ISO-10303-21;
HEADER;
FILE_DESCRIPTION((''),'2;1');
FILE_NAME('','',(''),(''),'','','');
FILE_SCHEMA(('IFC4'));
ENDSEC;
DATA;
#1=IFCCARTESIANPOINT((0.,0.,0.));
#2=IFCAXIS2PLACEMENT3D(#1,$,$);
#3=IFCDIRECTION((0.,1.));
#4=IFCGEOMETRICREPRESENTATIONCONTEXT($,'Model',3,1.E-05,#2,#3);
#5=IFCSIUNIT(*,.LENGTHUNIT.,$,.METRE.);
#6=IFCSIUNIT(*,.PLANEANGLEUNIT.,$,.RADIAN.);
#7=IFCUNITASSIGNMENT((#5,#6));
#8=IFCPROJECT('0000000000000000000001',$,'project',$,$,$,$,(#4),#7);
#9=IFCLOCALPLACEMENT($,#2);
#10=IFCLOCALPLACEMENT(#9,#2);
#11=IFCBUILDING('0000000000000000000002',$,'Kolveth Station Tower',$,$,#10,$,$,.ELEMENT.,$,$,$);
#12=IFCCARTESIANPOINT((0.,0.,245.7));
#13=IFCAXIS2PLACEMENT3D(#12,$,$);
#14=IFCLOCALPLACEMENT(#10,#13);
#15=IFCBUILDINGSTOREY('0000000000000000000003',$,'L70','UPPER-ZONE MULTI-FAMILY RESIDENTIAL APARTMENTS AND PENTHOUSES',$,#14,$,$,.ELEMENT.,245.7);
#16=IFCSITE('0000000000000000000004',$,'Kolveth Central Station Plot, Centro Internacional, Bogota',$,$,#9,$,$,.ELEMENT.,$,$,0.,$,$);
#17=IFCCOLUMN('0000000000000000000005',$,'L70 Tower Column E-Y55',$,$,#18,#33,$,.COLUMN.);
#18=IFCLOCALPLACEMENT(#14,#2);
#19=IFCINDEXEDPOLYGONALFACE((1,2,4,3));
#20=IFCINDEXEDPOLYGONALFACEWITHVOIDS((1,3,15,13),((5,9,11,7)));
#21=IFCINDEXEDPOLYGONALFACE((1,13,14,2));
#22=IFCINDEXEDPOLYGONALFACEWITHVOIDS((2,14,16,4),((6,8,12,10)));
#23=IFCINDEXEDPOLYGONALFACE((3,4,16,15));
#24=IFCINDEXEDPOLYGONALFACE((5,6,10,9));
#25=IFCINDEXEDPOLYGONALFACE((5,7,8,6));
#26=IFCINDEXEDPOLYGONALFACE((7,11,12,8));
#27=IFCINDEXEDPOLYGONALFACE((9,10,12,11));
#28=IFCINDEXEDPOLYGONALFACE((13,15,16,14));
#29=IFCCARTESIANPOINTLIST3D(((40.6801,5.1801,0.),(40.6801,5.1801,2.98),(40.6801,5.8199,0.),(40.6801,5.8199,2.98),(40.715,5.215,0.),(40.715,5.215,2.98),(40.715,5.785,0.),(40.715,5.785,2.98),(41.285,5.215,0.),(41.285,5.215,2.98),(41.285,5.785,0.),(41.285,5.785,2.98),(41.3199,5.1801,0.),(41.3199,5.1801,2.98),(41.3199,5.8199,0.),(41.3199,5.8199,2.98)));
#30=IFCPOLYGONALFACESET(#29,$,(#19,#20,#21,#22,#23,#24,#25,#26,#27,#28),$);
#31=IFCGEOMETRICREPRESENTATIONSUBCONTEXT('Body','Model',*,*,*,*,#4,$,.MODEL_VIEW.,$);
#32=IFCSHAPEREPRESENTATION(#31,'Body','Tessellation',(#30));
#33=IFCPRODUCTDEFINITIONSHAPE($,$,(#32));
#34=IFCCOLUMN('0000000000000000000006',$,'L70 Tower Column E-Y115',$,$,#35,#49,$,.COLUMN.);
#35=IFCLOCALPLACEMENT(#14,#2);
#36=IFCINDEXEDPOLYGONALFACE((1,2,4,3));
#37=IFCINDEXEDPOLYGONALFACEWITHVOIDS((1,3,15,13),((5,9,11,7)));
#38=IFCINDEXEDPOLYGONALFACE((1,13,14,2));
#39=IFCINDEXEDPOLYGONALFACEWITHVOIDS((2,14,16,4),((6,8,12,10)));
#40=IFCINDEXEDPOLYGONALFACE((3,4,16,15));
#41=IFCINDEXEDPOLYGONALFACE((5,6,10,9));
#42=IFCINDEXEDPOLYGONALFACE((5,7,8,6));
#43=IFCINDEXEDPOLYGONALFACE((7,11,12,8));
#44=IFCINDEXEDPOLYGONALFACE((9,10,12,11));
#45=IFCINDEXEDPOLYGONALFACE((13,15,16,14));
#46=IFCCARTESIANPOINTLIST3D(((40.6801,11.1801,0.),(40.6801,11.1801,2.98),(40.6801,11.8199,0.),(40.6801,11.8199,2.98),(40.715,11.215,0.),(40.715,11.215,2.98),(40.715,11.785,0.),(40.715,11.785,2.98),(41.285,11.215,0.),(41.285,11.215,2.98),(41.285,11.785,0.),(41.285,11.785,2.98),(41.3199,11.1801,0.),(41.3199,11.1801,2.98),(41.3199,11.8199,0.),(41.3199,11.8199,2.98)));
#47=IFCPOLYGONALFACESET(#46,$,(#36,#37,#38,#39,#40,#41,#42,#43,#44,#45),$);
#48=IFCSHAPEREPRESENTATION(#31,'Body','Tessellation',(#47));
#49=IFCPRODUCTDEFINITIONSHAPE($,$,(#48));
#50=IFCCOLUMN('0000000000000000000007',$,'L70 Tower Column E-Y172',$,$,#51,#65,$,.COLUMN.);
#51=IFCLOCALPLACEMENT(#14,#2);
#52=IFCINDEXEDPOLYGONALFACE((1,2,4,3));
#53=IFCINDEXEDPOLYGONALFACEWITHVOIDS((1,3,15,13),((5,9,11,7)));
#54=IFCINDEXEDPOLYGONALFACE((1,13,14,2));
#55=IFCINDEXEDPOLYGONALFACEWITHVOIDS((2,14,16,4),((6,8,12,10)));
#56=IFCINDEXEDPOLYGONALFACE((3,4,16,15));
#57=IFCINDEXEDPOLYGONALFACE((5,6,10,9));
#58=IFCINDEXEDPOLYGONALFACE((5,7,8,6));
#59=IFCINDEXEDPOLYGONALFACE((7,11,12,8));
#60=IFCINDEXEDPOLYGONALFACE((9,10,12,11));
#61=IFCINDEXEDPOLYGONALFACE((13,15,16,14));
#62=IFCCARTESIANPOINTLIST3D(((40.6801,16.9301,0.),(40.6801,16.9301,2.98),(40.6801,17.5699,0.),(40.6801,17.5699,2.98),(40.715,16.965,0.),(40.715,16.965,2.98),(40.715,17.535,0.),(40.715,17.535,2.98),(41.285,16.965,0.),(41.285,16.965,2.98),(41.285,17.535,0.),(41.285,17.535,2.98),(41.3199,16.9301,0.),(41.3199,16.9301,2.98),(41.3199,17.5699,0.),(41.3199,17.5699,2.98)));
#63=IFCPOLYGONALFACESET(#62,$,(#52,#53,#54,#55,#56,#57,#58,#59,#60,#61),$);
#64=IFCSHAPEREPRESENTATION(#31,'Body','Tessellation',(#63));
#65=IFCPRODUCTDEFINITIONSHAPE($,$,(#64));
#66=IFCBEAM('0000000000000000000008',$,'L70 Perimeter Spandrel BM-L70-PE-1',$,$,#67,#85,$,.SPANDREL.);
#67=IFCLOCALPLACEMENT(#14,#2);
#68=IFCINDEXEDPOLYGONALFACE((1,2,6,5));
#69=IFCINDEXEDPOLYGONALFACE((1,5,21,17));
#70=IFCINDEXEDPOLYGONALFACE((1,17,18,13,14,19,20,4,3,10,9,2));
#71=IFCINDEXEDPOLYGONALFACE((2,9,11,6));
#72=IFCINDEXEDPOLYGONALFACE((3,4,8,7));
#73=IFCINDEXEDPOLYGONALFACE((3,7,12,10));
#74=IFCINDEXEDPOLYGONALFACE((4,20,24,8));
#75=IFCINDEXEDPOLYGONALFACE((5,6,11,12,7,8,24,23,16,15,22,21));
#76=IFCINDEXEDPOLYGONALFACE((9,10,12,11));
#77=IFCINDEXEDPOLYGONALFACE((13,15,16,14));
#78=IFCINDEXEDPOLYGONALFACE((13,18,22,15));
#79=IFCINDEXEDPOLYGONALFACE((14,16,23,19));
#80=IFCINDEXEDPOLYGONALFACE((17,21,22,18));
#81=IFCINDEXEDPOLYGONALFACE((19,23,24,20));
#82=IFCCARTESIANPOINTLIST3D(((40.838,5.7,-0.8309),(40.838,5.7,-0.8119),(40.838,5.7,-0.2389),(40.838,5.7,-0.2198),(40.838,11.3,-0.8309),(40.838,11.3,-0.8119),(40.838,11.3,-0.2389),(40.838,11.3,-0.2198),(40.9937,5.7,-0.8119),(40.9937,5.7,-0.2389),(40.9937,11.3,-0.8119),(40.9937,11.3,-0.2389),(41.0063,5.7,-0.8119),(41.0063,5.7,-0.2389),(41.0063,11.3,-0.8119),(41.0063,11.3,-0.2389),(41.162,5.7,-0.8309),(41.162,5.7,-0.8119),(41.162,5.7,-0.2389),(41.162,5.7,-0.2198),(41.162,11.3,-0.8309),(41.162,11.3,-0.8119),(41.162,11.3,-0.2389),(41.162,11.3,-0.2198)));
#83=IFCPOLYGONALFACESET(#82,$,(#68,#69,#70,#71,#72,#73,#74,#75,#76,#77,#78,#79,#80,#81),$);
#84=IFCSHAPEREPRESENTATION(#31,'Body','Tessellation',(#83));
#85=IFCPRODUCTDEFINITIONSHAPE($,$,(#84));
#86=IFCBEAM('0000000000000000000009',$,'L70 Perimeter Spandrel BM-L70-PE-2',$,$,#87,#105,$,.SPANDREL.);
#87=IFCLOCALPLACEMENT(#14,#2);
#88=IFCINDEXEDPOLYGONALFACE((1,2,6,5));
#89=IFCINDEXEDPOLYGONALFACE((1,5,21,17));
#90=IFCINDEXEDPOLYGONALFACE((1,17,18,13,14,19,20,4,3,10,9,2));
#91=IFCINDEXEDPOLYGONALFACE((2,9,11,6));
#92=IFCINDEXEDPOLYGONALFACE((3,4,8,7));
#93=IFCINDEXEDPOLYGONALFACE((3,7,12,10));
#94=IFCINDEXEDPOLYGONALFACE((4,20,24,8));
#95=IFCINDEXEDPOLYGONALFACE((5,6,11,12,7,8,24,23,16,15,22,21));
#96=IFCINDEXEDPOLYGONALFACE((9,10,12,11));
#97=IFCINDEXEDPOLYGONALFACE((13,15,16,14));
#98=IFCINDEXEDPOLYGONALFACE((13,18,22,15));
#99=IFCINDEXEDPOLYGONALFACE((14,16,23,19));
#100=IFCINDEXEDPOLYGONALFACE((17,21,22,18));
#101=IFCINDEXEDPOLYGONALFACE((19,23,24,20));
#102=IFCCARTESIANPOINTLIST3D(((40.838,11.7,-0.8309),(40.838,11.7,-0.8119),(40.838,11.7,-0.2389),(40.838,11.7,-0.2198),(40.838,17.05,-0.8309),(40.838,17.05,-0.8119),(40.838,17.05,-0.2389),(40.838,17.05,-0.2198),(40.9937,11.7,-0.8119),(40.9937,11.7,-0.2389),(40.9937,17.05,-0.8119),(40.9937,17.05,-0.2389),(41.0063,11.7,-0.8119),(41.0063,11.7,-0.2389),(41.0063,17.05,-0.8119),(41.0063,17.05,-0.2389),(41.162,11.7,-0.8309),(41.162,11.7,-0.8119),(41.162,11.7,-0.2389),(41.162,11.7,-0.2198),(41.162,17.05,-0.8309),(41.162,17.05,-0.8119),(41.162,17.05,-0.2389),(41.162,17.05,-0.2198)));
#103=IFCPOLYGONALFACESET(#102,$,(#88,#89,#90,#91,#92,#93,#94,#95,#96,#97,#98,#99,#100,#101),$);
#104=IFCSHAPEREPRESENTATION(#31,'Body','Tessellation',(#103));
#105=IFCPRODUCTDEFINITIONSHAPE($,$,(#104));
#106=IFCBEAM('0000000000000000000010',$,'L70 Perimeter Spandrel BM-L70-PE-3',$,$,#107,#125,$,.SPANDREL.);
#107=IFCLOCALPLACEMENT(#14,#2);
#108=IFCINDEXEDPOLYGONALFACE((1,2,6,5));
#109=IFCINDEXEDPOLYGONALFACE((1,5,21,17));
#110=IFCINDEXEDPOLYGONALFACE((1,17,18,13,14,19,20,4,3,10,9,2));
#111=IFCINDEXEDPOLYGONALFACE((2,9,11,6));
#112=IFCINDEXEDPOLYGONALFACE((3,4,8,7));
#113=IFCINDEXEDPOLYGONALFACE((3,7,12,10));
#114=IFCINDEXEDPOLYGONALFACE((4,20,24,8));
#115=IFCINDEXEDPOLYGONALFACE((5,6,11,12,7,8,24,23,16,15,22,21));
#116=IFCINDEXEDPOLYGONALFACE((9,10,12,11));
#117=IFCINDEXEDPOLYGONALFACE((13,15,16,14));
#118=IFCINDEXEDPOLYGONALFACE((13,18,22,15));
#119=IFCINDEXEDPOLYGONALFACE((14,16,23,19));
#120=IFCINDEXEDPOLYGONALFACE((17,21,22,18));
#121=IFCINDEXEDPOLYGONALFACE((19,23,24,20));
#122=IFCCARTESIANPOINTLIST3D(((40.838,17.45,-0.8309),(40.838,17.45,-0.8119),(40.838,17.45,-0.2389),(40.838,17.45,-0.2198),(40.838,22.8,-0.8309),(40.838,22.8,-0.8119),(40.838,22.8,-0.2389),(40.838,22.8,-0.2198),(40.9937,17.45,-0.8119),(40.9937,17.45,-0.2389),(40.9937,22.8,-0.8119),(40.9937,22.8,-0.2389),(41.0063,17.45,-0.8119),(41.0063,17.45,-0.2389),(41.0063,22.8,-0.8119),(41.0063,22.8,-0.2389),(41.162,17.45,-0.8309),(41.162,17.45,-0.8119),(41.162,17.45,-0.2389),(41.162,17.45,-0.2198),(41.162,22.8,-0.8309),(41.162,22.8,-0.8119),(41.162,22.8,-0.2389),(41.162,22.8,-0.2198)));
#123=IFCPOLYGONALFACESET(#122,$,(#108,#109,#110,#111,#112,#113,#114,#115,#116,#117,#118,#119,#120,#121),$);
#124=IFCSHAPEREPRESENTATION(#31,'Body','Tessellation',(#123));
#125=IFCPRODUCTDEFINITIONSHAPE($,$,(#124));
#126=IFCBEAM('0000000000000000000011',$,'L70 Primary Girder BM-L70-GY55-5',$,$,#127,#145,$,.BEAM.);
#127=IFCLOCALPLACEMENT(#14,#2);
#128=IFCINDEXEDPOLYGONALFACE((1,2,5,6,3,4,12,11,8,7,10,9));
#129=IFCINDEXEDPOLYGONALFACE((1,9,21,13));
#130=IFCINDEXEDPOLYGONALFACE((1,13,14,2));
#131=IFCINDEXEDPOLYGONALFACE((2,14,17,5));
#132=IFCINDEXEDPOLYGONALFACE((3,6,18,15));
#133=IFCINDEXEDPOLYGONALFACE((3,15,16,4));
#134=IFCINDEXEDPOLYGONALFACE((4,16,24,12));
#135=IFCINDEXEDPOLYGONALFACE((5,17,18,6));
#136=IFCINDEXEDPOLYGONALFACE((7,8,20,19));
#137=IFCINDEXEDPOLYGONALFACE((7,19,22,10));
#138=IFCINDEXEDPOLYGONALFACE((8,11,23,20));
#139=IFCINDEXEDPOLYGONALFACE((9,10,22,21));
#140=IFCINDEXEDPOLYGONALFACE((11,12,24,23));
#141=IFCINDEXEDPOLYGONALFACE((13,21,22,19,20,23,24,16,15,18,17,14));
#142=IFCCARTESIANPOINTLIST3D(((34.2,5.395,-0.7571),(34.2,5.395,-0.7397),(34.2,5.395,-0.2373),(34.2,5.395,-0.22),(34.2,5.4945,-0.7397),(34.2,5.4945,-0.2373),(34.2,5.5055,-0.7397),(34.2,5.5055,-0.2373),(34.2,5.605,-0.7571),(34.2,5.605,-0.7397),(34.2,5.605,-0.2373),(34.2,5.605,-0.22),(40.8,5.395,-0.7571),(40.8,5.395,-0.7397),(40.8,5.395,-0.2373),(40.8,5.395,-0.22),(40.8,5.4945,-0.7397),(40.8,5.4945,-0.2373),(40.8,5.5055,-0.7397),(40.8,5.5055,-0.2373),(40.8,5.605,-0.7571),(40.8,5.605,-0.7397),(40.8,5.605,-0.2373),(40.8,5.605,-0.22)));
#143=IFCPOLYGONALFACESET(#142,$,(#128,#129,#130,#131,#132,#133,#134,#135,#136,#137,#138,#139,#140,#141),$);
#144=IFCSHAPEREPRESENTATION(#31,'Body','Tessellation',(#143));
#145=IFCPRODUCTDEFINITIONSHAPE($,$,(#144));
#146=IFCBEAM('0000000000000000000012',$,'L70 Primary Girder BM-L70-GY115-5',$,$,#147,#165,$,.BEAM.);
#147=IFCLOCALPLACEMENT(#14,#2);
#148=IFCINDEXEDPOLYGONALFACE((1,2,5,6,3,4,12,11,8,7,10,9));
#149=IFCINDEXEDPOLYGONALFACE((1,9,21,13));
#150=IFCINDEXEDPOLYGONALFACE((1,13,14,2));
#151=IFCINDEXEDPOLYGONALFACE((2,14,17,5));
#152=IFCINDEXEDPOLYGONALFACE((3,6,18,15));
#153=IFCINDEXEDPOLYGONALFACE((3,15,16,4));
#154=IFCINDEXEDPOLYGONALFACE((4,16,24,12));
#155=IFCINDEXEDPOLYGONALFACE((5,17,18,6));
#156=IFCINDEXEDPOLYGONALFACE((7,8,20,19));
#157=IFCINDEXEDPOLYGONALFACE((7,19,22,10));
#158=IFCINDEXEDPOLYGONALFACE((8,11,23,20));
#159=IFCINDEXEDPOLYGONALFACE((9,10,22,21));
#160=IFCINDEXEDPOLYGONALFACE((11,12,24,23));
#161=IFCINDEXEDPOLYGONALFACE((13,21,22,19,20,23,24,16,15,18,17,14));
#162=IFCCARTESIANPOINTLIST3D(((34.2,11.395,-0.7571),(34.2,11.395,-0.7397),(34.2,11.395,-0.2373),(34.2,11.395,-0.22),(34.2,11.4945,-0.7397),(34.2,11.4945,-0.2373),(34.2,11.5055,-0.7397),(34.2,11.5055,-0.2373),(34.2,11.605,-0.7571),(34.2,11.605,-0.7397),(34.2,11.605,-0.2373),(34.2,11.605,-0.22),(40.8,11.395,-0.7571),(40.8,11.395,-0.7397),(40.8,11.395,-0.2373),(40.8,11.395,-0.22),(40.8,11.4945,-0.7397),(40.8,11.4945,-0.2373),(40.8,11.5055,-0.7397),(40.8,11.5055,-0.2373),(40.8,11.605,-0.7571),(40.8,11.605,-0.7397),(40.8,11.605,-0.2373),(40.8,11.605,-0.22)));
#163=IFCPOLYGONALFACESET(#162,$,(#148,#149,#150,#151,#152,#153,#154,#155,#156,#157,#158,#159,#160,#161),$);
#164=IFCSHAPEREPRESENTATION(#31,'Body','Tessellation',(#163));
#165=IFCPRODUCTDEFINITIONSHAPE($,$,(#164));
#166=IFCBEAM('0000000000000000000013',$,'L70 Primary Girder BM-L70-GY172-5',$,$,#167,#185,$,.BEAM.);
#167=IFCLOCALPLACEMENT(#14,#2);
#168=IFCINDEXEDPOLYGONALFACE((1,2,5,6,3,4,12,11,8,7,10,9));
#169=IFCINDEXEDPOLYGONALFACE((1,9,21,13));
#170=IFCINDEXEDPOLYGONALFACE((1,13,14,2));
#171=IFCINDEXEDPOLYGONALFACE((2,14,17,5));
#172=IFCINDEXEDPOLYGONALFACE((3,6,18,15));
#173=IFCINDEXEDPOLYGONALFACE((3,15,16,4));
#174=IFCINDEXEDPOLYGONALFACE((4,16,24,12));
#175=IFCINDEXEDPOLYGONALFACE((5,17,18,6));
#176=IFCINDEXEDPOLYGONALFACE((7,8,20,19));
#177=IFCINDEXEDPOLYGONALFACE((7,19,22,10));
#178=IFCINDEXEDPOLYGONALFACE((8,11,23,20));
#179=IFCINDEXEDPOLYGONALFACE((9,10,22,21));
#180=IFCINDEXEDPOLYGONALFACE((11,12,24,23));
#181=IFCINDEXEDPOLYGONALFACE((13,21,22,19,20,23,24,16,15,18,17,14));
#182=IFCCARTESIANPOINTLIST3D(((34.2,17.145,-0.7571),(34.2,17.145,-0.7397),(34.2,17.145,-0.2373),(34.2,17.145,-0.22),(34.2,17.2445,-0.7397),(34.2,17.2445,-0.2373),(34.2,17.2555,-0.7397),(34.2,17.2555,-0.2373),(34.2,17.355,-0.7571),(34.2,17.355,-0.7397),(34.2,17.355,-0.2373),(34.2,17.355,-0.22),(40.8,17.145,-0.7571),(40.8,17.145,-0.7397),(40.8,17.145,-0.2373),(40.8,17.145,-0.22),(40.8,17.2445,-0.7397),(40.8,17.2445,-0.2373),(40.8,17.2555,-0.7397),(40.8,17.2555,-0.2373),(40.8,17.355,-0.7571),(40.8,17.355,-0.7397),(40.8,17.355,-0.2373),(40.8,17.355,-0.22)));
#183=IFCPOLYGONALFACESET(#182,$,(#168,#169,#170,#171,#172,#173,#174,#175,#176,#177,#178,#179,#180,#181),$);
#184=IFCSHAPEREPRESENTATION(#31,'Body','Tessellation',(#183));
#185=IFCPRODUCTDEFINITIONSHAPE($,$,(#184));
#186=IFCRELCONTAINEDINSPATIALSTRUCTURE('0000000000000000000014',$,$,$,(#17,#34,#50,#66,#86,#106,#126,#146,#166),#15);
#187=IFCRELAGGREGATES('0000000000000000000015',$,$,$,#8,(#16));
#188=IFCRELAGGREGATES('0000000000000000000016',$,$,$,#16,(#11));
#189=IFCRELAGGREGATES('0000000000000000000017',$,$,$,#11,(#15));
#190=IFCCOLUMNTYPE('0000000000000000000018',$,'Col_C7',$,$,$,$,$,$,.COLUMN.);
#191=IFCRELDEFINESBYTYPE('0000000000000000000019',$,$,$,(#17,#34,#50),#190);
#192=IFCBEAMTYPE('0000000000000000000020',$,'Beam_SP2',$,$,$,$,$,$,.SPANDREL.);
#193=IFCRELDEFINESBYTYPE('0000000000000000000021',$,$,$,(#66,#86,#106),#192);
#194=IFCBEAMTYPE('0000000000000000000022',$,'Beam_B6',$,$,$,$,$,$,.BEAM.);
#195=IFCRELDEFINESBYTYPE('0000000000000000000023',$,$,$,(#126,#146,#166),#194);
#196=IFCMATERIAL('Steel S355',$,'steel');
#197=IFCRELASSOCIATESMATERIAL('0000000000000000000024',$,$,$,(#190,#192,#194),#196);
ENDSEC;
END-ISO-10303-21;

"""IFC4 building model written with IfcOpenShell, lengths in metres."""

from ifc_helpers import new_model, si_unit, direction, frame, origin, origin_2d, place, context, subcontext, project, spatial, hollow_rectangle, i_section, extrude, source, transform, mapped, material, material_profile, profile_set, type_object, element, save


model = new_model("IFC4")

# Units and contexts
model_context = context("Model", 3, precision=1e-05, world=origin(), true_north=direction((0.0, 1.0)))
body_context = subcontext(model_context, "Body", "Model", "MODEL_VIEW")
ifc_project = project(units=[si_unit("LENGTHUNIT", "METRE"), si_unit("PLANEANGLEUNIT", "RADIAN")], contexts=[model_context])

# Site, building, storey
site_placement = place(None, origin())
site = spatial("IfcSite", under=ifc_project, at=site_placement, Name="Kolveth Central Station Plot, Centro Internacional, Bogota", CompositionType="ELEMENT", RefElevation=0.0)
building_placement = place(site_placement, origin())
building = spatial("IfcBuilding", under=site, at=building_placement, Name="Kolveth Station Tower", CompositionType="ELEMENT")
storey_placement = place(building_placement, frame((0.0, 0.0, 245.7)))
storey = spatial("IfcBuildingStorey", under=building, at=storey_placement, Name="L70", Description="UPPER-ZONE MULTI-FAMILY RESIDENTIAL APARTMENTS AND PENTHOUSES", CompositionType="ELEMENT", Elevation=245.7)

# Columns
ifc_material_1 = material(Name="Steel S355", Category="steel")
ifc_material_profile_1 = material_profile(ifc_material_1, hollow_rectangle(XDim=0.6399, YDim=0.6399, WallThickness=0.0349, at=origin_2d()), Name="BOX640x640x35")
ifc_profile_set_1 = profile_set([ifc_material_profile_1], Name="Steel S355")
column_type = type_object("IfcColumnType", Name="Col_C7", PredefinedType="COLUMN", material=ifc_profile_set_1)
shared_shape_1 = source(origin(), body_context, "Body", "SweptSolid", [
    extrude(hollow_rectangle(XDim=0.6399, YDim=0.6399, WallThickness=0.0349, at=origin_2d()), origin(), (0.0, 0.0, 1.0), 2.98),
])
for number, where, z_axis, x_axis, name in (
    (1, (41.0, 5.5, 0.0), (0.0, 0.0, 1.0), (1.0, 0.0, 0.0), "L70 Tower Column E-Y55"),
    (2, (41.0, 11.5, 0.0), (0.0, 0.0, 1.0), (1.0, 0.0, 0.0), "L70 Tower Column E-Y115"),
    (3, (41.0, 17.25, 0.0), (0.0, 0.0, 1.0), (1.0, 0.0, 0.0), "L70 Tower Column E-Y172"),
):
    element("IfcColumn", number, at=place(storey_placement, frame(where, z_axis=z_axis, x_axis=x_axis)), inside=storey, type_object=column_type, Name=name, PredefinedType="COLUMN", context=body_context, shape_type="MappedRepresentation", body=[
        mapped(shared_shape_1, transform((0.0, 0.0, 0.0), x_axis=(1.0, 0.0, 0.0), y_axis=(0.0, 1.0, 0.0), z_axis=(0.0, 0.0, 1.0), scale=1.0)),
    ])

# Beams
ifc_material_profile_2 = material_profile(ifc_material_1, i_section(OverallWidth=0.324, OverallDepth=0.6111, WebThickness=0.0127, FlangeThickness=0.019, at=origin_2d()), Name="W610x155")
ifc_profile_set_2 = profile_set([ifc_material_profile_2], Name="Steel S355")
beam_type_1 = type_object("IfcBeamType", Name="Beam_SP2", PredefinedType="SPANDREL", material=ifc_profile_set_2)
shared_shape_2 = source(origin(), body_context, "Body", "SweptSolid", [
    extrude(i_section(OverallWidth=0.324, OverallDepth=0.6111, WebThickness=0.0127, FlangeThickness=0.019, at=origin_2d()), origin(), (0.0, 0.0, 1.0), 5.6001),
])
beam_1_placement = place(storey_placement, frame((41.0, 5.7, -0.5254), z_axis=(0.0, 1.0, 0.0), x_axis=(-1.0, 0.0, 0.0)))
element("IfcBeam", 4, at=beam_1_placement, inside=storey, type_object=beam_type_1, Name="L70 Perimeter Spandrel BM-L70-PE-1", PredefinedType="SPANDREL", context=body_context, shape_type="MappedRepresentation", body=[
    mapped(shared_shape_2, transform((0.0, 0.0, 0.0), x_axis=(1.0, 0.0, 0.0), y_axis=(0.0, 1.0, 0.0), z_axis=(0.0, 0.0, 1.0), scale=1.0)),
])
shared_shape_3 = source(origin(), body_context, "Body", "SweptSolid", [
    extrude(i_section(OverallWidth=0.324, OverallDepth=0.6111, WebThickness=0.0127, FlangeThickness=0.019, at=origin_2d()), origin(), (0.0, 0.0, 1.0), 5.3501),
])
for number, where, z_axis, x_axis, name in (
    (5, (41.0, 11.7, -0.5254), (0.0, 1.0, 0.0), (-1.0, 0.0, 0.0), "L70 Perimeter Spandrel BM-L70-PE-2"),
    (6, (41.0, 17.45, -0.5254), (0.0, 1.0, 0.0), (-1.0, 0.0, 0.0), "L70 Perimeter Spandrel BM-L70-PE-3"),
):
    element("IfcBeam", number, at=place(storey_placement, frame(where, z_axis=z_axis, x_axis=x_axis)), inside=storey, type_object=beam_type_1, Name=name, PredefinedType="SPANDREL", context=body_context, shape_type="MappedRepresentation", body=[
        mapped(shared_shape_3, transform((0.0, 0.0, 0.0), x_axis=(1.0, 0.0, 0.0), y_axis=(0.0, 1.0, 0.0), z_axis=(0.0, 0.0, 1.0), scale=1.0)),
    ])
ifc_material_profile_3 = material_profile(ifc_material_1, i_section(OverallWidth=0.21, OverallDepth=0.5371, WebThickness=0.011, FlangeThickness=0.0173, at=origin_2d()), Name="W530x101")
ifc_profile_set_3 = profile_set([ifc_material_profile_3], Name="Steel S355")
beam_type_2 = type_object("IfcBeamType", Name="Beam_B6", PredefinedType="BEAM", material=ifc_profile_set_3)
shared_shape_4 = source(origin(), body_context, "Body", "SweptSolid", [
    extrude(i_section(OverallWidth=0.21, OverallDepth=0.5371, WebThickness=0.011, FlangeThickness=0.0173, at=origin_2d()), origin(), (0.0, 0.0, 1.0), 6.6001),
])
for number, where, z_axis, x_axis, name in (
    (7, (34.2, 5.5, -0.4885), (1.0, 0.0, 0.0), (0.0, 1.0, 0.0), "L70 Primary Girder BM-L70-GY55-5"),
    (8, (34.2, 11.5, -0.4885), (1.0, 0.0, 0.0), (0.0, 1.0, 0.0), "L70 Primary Girder BM-L70-GY115-5"),
    (9, (34.2, 17.25, -0.4885), (1.0, 0.0, 0.0), (0.0, 1.0, 0.0), "L70 Primary Girder BM-L70-GY172-5"),
):
    element("IfcBeam", number, at=place(storey_placement, frame(where, z_axis=z_axis, x_axis=x_axis)), inside=storey, type_object=beam_type_2, Name=name, PredefinedType="BEAM", context=body_context, shape_type="MappedRepresentation", body=[
        mapped(shared_shape_4, transform((0.0, 0.0, 0.0), x_axis=(1.0, 0.0, 0.0), y_axis=(0.0, 1.0, 0.0), z_axis=(0.0, 0.0, 1.0), scale=1.0)),
    ])

save(model, "model.ifc")
